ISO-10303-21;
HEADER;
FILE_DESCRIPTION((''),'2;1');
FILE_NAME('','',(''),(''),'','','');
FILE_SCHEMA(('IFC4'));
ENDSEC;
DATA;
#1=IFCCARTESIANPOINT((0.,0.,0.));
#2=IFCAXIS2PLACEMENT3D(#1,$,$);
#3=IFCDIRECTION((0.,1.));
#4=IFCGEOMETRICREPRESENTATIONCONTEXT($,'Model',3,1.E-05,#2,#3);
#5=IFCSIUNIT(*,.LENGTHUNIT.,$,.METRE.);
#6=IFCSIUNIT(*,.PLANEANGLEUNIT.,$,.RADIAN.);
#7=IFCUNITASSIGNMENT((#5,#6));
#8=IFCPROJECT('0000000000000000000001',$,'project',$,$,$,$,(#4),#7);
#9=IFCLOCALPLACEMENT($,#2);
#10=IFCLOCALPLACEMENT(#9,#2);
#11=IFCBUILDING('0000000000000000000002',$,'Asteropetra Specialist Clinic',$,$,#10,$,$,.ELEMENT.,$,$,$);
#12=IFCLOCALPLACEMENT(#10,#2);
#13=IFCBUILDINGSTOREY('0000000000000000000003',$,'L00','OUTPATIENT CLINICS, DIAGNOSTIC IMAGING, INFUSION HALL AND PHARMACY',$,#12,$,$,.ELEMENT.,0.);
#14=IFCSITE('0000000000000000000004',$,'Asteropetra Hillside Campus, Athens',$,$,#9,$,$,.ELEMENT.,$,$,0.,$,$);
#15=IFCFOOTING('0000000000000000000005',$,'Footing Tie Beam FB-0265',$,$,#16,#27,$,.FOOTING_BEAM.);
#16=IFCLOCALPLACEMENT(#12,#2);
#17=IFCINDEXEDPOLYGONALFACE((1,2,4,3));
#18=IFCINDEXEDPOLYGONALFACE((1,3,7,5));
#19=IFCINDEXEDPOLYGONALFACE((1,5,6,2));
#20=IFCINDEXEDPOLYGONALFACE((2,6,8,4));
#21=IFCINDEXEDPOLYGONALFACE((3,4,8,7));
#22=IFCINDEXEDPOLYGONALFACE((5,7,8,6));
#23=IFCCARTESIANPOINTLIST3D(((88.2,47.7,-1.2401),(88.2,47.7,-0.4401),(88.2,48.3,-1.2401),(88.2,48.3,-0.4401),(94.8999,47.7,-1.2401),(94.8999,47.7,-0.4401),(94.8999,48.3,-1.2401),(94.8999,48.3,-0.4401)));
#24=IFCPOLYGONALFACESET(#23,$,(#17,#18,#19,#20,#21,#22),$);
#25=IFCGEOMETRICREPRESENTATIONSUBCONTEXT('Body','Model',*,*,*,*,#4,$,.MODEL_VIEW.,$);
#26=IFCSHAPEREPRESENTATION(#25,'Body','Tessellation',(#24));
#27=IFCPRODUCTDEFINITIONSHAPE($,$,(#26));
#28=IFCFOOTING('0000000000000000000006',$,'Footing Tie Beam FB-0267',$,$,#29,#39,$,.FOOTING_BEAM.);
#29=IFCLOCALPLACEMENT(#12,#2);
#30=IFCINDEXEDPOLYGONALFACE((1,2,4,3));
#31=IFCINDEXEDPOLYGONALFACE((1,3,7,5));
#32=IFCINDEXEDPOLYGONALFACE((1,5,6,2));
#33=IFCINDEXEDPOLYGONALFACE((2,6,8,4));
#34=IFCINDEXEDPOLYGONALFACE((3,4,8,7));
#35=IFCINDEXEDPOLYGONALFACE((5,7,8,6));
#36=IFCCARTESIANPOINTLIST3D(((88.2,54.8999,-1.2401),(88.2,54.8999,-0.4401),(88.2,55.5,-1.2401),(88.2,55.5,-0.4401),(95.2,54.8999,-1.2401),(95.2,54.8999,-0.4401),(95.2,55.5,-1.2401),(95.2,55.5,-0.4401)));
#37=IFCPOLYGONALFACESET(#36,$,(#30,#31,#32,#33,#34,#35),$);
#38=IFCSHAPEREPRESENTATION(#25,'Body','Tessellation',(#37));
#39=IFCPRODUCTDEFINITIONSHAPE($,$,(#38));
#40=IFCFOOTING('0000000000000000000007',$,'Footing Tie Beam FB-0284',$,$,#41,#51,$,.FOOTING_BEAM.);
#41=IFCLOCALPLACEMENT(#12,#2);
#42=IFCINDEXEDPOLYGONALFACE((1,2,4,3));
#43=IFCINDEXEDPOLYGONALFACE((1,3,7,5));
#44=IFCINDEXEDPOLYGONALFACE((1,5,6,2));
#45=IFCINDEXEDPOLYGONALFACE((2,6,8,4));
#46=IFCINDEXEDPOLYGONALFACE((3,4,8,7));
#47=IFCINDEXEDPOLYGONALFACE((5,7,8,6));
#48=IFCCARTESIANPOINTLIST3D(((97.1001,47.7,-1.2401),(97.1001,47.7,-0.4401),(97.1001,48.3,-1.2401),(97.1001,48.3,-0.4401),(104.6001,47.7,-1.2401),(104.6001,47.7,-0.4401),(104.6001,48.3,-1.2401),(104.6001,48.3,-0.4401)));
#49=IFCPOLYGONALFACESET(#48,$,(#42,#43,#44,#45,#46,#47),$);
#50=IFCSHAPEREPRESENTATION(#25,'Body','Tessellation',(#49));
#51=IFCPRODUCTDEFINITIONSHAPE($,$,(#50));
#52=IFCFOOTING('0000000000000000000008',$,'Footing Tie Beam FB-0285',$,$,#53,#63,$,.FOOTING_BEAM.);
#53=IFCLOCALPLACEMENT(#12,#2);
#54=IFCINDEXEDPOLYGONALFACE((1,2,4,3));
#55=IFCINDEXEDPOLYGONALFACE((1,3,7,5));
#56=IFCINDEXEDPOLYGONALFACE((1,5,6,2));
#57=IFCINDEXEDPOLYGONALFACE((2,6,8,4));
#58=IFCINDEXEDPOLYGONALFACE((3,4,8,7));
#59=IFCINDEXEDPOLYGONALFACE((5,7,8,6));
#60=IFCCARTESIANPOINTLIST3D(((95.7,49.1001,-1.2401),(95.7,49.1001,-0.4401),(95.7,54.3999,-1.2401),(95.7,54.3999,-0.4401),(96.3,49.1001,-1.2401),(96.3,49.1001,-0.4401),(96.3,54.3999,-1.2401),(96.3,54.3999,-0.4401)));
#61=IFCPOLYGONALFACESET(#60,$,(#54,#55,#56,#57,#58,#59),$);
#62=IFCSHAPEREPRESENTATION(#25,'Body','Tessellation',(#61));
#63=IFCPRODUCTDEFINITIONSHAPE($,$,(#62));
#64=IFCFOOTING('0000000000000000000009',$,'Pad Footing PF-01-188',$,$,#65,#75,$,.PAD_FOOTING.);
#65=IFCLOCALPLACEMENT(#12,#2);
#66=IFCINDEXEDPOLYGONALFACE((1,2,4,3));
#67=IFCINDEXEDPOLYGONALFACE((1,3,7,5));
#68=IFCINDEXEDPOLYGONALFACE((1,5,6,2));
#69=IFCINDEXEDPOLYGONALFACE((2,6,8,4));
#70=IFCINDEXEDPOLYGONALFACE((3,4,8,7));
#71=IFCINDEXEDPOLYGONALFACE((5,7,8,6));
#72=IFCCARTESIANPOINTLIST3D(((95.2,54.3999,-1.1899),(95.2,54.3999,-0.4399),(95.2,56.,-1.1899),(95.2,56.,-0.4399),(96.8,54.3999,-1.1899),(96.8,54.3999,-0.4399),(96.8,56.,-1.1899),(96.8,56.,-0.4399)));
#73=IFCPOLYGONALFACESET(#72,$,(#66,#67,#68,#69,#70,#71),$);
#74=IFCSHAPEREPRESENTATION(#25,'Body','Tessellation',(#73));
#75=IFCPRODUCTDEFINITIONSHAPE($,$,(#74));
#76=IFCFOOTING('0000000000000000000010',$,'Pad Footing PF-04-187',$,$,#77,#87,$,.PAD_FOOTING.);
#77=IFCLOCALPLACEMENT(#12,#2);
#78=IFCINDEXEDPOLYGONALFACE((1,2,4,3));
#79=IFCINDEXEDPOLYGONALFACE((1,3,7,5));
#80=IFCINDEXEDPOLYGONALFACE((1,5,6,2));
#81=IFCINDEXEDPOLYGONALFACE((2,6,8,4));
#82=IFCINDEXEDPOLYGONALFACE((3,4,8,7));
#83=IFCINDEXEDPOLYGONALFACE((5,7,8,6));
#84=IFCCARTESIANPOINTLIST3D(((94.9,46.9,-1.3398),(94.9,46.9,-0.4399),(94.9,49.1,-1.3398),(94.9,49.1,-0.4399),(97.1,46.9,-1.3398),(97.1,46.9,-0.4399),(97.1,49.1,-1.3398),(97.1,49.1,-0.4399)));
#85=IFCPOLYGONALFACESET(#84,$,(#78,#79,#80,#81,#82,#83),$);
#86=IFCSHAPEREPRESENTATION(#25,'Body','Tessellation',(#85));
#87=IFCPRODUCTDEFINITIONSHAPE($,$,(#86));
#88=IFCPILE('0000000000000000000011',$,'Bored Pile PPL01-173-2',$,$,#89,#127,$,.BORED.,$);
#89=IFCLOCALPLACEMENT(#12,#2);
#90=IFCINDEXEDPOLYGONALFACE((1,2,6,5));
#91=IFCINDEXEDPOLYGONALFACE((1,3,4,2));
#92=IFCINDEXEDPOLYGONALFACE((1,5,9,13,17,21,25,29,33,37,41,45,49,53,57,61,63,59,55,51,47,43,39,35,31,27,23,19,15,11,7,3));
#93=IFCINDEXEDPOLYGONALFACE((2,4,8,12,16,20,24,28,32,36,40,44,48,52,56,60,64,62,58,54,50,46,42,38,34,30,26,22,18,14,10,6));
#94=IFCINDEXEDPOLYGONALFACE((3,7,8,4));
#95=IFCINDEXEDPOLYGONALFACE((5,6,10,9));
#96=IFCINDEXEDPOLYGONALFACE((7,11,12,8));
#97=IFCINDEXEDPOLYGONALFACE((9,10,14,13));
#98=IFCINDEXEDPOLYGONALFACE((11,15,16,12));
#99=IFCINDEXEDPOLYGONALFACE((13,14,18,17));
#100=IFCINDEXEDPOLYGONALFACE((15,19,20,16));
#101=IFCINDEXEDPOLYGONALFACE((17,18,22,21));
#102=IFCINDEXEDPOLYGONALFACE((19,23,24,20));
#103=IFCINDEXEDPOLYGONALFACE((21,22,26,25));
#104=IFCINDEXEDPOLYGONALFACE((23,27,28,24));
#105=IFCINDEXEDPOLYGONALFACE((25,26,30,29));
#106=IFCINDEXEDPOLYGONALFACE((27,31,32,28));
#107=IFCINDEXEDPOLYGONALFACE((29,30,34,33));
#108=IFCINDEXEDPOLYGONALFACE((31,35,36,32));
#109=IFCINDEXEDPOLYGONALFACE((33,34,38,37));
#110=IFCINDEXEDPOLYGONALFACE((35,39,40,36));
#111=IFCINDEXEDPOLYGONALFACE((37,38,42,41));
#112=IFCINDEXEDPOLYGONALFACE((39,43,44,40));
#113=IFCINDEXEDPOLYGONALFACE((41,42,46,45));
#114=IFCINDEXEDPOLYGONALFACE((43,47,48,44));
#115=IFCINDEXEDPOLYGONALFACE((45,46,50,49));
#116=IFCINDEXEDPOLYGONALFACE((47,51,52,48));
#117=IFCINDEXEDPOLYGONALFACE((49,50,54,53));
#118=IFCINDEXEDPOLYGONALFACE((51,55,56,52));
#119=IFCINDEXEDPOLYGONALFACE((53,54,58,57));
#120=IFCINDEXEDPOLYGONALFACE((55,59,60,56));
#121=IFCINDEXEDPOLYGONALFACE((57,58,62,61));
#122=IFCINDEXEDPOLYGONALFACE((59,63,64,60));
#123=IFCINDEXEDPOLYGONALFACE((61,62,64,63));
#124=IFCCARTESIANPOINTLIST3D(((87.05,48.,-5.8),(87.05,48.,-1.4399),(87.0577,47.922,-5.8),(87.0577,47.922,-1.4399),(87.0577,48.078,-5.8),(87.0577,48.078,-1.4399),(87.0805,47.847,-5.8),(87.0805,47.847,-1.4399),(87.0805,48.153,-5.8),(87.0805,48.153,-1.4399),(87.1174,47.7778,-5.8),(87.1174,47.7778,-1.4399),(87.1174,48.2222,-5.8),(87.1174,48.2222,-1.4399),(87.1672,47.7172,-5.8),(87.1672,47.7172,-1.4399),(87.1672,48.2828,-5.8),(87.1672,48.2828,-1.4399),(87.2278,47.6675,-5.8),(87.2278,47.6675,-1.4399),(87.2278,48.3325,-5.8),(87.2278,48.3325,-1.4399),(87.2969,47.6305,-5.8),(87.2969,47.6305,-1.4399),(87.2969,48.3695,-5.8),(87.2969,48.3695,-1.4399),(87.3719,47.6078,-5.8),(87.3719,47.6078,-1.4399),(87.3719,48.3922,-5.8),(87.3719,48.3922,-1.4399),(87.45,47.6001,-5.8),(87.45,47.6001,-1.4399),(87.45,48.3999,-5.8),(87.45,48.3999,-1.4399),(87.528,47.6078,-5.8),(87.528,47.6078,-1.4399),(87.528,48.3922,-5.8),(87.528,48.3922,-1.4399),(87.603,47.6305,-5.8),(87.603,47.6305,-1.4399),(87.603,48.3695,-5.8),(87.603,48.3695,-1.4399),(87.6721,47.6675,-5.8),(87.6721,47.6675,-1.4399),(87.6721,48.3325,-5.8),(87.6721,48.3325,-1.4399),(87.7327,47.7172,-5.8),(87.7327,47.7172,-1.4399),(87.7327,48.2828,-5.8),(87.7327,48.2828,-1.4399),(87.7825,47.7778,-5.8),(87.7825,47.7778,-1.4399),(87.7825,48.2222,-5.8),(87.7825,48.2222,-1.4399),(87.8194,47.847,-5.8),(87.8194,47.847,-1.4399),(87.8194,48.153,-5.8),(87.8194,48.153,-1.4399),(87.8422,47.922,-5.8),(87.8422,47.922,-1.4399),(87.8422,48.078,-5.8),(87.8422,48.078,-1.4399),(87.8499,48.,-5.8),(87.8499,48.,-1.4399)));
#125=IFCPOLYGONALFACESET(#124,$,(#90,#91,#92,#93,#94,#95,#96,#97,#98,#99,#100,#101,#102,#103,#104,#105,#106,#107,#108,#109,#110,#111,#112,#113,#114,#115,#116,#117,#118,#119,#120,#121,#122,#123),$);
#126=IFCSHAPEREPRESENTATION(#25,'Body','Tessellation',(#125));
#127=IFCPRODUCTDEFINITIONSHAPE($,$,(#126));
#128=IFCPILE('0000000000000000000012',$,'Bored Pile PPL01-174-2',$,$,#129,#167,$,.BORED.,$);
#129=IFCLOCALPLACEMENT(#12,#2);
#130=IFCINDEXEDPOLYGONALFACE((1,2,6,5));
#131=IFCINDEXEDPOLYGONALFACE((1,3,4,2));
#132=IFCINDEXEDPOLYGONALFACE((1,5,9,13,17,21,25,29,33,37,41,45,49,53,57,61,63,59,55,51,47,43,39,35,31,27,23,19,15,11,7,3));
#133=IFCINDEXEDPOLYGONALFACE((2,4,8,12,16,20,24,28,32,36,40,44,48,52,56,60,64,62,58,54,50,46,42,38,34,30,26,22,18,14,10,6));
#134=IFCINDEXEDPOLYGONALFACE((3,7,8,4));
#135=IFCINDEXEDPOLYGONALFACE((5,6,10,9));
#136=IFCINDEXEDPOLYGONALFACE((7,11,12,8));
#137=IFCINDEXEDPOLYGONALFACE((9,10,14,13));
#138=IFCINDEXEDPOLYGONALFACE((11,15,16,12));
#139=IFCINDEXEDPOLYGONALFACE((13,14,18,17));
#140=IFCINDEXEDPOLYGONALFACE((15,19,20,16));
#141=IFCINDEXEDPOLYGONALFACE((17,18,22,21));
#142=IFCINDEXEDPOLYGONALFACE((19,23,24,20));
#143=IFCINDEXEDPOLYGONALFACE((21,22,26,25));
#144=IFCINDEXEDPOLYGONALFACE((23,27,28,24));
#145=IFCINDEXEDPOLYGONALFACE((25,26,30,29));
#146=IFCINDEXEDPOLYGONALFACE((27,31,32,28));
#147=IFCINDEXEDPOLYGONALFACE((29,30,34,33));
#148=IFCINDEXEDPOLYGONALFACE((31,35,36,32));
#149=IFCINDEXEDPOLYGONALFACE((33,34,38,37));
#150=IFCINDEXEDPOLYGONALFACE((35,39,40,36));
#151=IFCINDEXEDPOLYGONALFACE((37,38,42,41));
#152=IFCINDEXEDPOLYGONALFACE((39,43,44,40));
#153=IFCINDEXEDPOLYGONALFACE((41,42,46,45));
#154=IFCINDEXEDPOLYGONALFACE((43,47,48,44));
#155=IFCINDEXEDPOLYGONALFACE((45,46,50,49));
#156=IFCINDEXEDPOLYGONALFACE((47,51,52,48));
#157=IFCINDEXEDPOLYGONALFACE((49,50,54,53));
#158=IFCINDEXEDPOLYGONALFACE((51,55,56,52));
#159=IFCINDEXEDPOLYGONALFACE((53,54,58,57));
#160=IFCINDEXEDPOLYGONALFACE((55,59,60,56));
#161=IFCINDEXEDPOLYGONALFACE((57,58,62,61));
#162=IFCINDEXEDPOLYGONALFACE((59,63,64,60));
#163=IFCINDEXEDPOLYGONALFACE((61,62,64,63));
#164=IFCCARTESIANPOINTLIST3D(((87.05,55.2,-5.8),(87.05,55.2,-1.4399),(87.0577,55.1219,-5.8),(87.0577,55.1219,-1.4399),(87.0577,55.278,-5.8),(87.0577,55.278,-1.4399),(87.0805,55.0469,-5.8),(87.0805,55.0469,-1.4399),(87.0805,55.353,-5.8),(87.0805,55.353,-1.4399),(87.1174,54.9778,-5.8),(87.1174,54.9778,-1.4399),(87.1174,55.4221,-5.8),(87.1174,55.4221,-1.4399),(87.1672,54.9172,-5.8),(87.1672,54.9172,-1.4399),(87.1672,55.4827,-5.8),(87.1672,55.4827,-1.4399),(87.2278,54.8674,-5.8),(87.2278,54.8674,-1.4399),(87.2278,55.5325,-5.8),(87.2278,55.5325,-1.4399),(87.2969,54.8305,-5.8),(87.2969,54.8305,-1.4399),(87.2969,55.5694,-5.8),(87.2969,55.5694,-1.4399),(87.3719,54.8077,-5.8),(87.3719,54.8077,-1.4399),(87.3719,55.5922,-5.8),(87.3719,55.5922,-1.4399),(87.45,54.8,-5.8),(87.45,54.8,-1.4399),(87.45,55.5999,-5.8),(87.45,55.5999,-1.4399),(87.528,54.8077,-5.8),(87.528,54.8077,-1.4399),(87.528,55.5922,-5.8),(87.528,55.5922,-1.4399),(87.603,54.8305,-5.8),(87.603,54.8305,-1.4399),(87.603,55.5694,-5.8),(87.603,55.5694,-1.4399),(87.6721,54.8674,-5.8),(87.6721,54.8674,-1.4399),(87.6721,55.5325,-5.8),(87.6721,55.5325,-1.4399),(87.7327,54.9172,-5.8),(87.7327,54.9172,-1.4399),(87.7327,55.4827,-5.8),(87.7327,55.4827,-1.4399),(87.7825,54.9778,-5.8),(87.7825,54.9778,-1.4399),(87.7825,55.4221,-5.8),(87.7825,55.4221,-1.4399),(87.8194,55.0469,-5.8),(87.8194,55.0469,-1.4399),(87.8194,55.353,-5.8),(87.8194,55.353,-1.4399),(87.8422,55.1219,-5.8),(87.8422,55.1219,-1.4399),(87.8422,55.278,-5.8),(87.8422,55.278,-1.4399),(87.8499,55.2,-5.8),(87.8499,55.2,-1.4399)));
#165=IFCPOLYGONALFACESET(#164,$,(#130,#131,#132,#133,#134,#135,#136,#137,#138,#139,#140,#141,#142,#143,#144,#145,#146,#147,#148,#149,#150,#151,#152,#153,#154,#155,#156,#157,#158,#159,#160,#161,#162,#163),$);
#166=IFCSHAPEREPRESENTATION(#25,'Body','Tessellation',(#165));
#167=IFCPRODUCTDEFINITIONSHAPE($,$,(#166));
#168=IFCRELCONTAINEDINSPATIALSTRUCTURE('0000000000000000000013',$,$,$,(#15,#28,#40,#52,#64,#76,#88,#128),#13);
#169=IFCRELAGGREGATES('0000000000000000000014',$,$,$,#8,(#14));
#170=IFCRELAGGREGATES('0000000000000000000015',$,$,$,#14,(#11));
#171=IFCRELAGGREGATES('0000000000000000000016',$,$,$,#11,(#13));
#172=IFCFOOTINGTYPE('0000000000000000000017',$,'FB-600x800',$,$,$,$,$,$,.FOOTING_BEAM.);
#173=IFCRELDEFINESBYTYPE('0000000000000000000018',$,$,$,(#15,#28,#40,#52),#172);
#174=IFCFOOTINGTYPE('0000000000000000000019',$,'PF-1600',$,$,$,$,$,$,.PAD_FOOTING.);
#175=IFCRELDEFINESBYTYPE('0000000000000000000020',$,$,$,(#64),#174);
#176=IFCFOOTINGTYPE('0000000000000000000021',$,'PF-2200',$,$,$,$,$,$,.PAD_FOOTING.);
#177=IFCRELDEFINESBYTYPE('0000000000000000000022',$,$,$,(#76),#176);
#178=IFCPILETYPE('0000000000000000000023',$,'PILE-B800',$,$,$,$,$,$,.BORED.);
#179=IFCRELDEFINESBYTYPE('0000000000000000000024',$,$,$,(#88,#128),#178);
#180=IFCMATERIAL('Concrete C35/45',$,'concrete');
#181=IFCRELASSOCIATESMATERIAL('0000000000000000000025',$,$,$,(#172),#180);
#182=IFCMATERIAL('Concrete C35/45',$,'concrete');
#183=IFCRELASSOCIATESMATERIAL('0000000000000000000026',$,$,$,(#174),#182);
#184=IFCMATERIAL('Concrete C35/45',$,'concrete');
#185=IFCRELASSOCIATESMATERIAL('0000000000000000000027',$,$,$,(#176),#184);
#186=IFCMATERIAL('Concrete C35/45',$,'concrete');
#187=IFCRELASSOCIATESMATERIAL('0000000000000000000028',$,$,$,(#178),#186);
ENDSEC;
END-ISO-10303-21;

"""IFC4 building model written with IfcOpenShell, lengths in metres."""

from ifc_helpers import new_model, si_unit, direction, frame, origin, origin_2d, place, context, subcontext, project, spatial, rectangle, circle, extrude, material, material_profile, profile_set, type_object, element, save


model = new_model("IFC4")

# Units and contexts
model_context = context("Model", 3, precision=1e-05, world=origin(), true_north=direction((0.0, 1.0)))
body_context = subcontext(model_context, "Body", "Model", "MODEL_VIEW")
ifc_project = project(units=[si_unit("LENGTHUNIT", "METRE"), si_unit("PLANEANGLEUNIT", "RADIAN")], contexts=[model_context])

# Site, building, storey
site_placement = place(None, origin())
site = spatial("IfcSite", under=ifc_project, at=site_placement, Name="Asteropetra Hillside Campus, Athens", CompositionType="ELEMENT", RefElevation=0.0)
building_placement = place(site_placement, origin())
building = spatial("IfcBuilding", under=site, at=building_placement, Name="Asteropetra Specialist Clinic", CompositionType="ELEMENT")
storey_placement = place(building_placement, origin())
storey = spatial("IfcBuildingStorey", under=building, at=storey_placement, Name="L00", Description="OUTPATIENT CLINICS, DIAGNOSTIC IMAGING, INFUSION HALL AND PHARMACY", CompositionType="ELEMENT", Elevation=0.0)

# Footings
ifc_material_1 = material(Name="Concrete C35/45", Category="concrete")
ifc_material_profile_1 = material_profile(ifc_material_1, rectangle(XDim=0.6001, YDim=0.8, at=origin_2d()), Name="FB 600x800")
ifc_profile_set_1 = profile_set([ifc_material_profile_1], Name="Concrete C35/45")
footing_type_1 = type_object("IfcFootingType", Name="FB-600x800", PredefinedType="FOOTING_BEAM", material=ifc_profile_set_1)
footing_1_placement = place(storey_placement, frame((88.2, 48.0, -0.8401), z_axis=(1.0, 0.0, 0.0), x_axis=(0.0, 1.0, 0.0)))
element("IfcFooting", 1, at=footing_1_placement, inside=storey, type_object=footing_type_1, Name="Footing Tie Beam FB-0265", PredefinedType="FOOTING_BEAM", context=body_context, shape_type="SweptSolid", body=[
    extrude(rectangle(XDim=0.6001, YDim=0.8, at=origin_2d()), origin(), (0.0, 0.0, 1.0), 6.7),
])
footing_2_placement = place(storey_placement, frame((88.2, 55.2, -0.8401), z_axis=(1.0, 0.0, 0.0), x_axis=(0.0, 1.0, 0.0)))
element("IfcFooting", 2, at=footing_2_placement, inside=storey, type_object=footing_type_1, Name="Footing Tie Beam FB-0267", PredefinedType="FOOTING_BEAM", context=body_context, shape_type="SweptSolid", body=[
    extrude(rectangle(XDim=0.6001, YDim=0.8, at=origin_2d()), origin(), (0.0, 0.0, 1.0), 7.0),
])
footing_3_placement = place(storey_placement, frame((97.1001, 48.0, -0.8401), z_axis=(1.0, 0.0, 0.0), x_axis=(0.0, 1.0, 0.0)))
element("IfcFooting", 3, at=footing_3_placement, inside=storey, type_object=footing_type_1, Name="Footing Tie Beam FB-0284", PredefinedType="FOOTING_BEAM", context=body_context, shape_type="SweptSolid", body=[
    extrude(rectangle(XDim=0.6001, YDim=0.8, at=origin_2d()), origin(), (0.0, 0.0, 1.0), 7.5),
])
footing_4_placement = place(storey_placement, frame((96.0, 49.1001, -0.8401), z_axis=(0.0, 1.0, 0.0), x_axis=(-1.0, 0.0, 0.0)))
element("IfcFooting", 4, at=footing_4_placement, inside=storey, type_object=footing_type_1, Name="Footing Tie Beam FB-0285", PredefinedType="FOOTING_BEAM", context=body_context, shape_type="SweptSolid", body=[
    extrude(rectangle(XDim=0.6001, YDim=0.8, at=origin_2d()), origin(), (0.0, 0.0, 1.0), 5.2998),
])
ifc_material_2 = material(Name="Concrete C35/45", Category="concrete")
footing_type_2 = type_object("IfcFootingType", Name="PF-1600", PredefinedType="PAD_FOOTING", material=ifc_material_2)
footing_5_placement = place(storey_placement, frame((96.0, 55.2, -1.1899), z_axis=(0.0, 0.0, 1.0), x_axis=(1.0, 0.0, 0.0)))
element("IfcFooting", 5, at=footing_5_placement, inside=storey, type_object=footing_type_2, Name="Pad Footing PF-01-188", PredefinedType="PAD_FOOTING", context=body_context, shape_type="SweptSolid", body=[
    extrude(rectangle(XDim=1.6001, YDim=1.6001, at=origin_2d()), origin(), (0.0, 0.0, 1.0), 0.75),
])
ifc_material_3 = material(Name="Concrete C35/45", Category="concrete")
footing_type_3 = type_object("IfcFootingType", Name="PF-2200", PredefinedType="PAD_FOOTING", material=ifc_material_3)
footing_6_placement = place(storey_placement, frame((96.0, 48.0, -1.3398), z_axis=(0.0, 0.0, 1.0), x_axis=(1.0, 0.0, 0.0)))
element("IfcFooting", 6, at=footing_6_placement, inside=storey, type_object=footing_type_3, Name="Pad Footing PF-04-187", PredefinedType="PAD_FOOTING", context=body_context, shape_type="SweptSolid", body=[
    extrude(rectangle(XDim=2.2, YDim=2.2, at=origin_2d()), origin(), (0.0, 0.0, 1.0), 0.8999),
])

# Piles
ifc_material_4 = material(Name="Concrete C35/45", Category="concrete")
ifc_material_profile_2 = material_profile(ifc_material_4, circle(Radius=0.3999, at=origin_2d()), Name="PILE D800")
ifc_profile_set_2 = profile_set([ifc_material_profile_2], Name="Concrete C35/45")
pile_type = type_object("IfcPileType", Name="PILE-B800", PredefinedType="BORED", material=ifc_profile_set_2)
for number, where, z_axis, x_axis, name in (
    (7, (87.45, 48.0, -1.4399), (0.0, 0.0, -1.0), (1.0, 0.0, 0.0), "Bored Pile PPL01-173-2"),
    (8, (87.45, 55.2, -1.4399), (0.0, 0.0, -1.0), (1.0, 0.0, 0.0), "Bored Pile PPL01-174-2"),
):
    element("IfcPile", number, at=place(storey_placement, frame(where, z_axis=z_axis, x_axis=x_axis)), inside=storey, type_object=pile_type, Name=name, PredefinedType="BORED", context=body_context, shape_type="SweptSolid", body=[
        extrude(circle(Radius=0.3999, at=origin_2d()), origin(), (0.0, 0.0, 1.0), 4.3601),
    ])

save(model, "model.ifc")
